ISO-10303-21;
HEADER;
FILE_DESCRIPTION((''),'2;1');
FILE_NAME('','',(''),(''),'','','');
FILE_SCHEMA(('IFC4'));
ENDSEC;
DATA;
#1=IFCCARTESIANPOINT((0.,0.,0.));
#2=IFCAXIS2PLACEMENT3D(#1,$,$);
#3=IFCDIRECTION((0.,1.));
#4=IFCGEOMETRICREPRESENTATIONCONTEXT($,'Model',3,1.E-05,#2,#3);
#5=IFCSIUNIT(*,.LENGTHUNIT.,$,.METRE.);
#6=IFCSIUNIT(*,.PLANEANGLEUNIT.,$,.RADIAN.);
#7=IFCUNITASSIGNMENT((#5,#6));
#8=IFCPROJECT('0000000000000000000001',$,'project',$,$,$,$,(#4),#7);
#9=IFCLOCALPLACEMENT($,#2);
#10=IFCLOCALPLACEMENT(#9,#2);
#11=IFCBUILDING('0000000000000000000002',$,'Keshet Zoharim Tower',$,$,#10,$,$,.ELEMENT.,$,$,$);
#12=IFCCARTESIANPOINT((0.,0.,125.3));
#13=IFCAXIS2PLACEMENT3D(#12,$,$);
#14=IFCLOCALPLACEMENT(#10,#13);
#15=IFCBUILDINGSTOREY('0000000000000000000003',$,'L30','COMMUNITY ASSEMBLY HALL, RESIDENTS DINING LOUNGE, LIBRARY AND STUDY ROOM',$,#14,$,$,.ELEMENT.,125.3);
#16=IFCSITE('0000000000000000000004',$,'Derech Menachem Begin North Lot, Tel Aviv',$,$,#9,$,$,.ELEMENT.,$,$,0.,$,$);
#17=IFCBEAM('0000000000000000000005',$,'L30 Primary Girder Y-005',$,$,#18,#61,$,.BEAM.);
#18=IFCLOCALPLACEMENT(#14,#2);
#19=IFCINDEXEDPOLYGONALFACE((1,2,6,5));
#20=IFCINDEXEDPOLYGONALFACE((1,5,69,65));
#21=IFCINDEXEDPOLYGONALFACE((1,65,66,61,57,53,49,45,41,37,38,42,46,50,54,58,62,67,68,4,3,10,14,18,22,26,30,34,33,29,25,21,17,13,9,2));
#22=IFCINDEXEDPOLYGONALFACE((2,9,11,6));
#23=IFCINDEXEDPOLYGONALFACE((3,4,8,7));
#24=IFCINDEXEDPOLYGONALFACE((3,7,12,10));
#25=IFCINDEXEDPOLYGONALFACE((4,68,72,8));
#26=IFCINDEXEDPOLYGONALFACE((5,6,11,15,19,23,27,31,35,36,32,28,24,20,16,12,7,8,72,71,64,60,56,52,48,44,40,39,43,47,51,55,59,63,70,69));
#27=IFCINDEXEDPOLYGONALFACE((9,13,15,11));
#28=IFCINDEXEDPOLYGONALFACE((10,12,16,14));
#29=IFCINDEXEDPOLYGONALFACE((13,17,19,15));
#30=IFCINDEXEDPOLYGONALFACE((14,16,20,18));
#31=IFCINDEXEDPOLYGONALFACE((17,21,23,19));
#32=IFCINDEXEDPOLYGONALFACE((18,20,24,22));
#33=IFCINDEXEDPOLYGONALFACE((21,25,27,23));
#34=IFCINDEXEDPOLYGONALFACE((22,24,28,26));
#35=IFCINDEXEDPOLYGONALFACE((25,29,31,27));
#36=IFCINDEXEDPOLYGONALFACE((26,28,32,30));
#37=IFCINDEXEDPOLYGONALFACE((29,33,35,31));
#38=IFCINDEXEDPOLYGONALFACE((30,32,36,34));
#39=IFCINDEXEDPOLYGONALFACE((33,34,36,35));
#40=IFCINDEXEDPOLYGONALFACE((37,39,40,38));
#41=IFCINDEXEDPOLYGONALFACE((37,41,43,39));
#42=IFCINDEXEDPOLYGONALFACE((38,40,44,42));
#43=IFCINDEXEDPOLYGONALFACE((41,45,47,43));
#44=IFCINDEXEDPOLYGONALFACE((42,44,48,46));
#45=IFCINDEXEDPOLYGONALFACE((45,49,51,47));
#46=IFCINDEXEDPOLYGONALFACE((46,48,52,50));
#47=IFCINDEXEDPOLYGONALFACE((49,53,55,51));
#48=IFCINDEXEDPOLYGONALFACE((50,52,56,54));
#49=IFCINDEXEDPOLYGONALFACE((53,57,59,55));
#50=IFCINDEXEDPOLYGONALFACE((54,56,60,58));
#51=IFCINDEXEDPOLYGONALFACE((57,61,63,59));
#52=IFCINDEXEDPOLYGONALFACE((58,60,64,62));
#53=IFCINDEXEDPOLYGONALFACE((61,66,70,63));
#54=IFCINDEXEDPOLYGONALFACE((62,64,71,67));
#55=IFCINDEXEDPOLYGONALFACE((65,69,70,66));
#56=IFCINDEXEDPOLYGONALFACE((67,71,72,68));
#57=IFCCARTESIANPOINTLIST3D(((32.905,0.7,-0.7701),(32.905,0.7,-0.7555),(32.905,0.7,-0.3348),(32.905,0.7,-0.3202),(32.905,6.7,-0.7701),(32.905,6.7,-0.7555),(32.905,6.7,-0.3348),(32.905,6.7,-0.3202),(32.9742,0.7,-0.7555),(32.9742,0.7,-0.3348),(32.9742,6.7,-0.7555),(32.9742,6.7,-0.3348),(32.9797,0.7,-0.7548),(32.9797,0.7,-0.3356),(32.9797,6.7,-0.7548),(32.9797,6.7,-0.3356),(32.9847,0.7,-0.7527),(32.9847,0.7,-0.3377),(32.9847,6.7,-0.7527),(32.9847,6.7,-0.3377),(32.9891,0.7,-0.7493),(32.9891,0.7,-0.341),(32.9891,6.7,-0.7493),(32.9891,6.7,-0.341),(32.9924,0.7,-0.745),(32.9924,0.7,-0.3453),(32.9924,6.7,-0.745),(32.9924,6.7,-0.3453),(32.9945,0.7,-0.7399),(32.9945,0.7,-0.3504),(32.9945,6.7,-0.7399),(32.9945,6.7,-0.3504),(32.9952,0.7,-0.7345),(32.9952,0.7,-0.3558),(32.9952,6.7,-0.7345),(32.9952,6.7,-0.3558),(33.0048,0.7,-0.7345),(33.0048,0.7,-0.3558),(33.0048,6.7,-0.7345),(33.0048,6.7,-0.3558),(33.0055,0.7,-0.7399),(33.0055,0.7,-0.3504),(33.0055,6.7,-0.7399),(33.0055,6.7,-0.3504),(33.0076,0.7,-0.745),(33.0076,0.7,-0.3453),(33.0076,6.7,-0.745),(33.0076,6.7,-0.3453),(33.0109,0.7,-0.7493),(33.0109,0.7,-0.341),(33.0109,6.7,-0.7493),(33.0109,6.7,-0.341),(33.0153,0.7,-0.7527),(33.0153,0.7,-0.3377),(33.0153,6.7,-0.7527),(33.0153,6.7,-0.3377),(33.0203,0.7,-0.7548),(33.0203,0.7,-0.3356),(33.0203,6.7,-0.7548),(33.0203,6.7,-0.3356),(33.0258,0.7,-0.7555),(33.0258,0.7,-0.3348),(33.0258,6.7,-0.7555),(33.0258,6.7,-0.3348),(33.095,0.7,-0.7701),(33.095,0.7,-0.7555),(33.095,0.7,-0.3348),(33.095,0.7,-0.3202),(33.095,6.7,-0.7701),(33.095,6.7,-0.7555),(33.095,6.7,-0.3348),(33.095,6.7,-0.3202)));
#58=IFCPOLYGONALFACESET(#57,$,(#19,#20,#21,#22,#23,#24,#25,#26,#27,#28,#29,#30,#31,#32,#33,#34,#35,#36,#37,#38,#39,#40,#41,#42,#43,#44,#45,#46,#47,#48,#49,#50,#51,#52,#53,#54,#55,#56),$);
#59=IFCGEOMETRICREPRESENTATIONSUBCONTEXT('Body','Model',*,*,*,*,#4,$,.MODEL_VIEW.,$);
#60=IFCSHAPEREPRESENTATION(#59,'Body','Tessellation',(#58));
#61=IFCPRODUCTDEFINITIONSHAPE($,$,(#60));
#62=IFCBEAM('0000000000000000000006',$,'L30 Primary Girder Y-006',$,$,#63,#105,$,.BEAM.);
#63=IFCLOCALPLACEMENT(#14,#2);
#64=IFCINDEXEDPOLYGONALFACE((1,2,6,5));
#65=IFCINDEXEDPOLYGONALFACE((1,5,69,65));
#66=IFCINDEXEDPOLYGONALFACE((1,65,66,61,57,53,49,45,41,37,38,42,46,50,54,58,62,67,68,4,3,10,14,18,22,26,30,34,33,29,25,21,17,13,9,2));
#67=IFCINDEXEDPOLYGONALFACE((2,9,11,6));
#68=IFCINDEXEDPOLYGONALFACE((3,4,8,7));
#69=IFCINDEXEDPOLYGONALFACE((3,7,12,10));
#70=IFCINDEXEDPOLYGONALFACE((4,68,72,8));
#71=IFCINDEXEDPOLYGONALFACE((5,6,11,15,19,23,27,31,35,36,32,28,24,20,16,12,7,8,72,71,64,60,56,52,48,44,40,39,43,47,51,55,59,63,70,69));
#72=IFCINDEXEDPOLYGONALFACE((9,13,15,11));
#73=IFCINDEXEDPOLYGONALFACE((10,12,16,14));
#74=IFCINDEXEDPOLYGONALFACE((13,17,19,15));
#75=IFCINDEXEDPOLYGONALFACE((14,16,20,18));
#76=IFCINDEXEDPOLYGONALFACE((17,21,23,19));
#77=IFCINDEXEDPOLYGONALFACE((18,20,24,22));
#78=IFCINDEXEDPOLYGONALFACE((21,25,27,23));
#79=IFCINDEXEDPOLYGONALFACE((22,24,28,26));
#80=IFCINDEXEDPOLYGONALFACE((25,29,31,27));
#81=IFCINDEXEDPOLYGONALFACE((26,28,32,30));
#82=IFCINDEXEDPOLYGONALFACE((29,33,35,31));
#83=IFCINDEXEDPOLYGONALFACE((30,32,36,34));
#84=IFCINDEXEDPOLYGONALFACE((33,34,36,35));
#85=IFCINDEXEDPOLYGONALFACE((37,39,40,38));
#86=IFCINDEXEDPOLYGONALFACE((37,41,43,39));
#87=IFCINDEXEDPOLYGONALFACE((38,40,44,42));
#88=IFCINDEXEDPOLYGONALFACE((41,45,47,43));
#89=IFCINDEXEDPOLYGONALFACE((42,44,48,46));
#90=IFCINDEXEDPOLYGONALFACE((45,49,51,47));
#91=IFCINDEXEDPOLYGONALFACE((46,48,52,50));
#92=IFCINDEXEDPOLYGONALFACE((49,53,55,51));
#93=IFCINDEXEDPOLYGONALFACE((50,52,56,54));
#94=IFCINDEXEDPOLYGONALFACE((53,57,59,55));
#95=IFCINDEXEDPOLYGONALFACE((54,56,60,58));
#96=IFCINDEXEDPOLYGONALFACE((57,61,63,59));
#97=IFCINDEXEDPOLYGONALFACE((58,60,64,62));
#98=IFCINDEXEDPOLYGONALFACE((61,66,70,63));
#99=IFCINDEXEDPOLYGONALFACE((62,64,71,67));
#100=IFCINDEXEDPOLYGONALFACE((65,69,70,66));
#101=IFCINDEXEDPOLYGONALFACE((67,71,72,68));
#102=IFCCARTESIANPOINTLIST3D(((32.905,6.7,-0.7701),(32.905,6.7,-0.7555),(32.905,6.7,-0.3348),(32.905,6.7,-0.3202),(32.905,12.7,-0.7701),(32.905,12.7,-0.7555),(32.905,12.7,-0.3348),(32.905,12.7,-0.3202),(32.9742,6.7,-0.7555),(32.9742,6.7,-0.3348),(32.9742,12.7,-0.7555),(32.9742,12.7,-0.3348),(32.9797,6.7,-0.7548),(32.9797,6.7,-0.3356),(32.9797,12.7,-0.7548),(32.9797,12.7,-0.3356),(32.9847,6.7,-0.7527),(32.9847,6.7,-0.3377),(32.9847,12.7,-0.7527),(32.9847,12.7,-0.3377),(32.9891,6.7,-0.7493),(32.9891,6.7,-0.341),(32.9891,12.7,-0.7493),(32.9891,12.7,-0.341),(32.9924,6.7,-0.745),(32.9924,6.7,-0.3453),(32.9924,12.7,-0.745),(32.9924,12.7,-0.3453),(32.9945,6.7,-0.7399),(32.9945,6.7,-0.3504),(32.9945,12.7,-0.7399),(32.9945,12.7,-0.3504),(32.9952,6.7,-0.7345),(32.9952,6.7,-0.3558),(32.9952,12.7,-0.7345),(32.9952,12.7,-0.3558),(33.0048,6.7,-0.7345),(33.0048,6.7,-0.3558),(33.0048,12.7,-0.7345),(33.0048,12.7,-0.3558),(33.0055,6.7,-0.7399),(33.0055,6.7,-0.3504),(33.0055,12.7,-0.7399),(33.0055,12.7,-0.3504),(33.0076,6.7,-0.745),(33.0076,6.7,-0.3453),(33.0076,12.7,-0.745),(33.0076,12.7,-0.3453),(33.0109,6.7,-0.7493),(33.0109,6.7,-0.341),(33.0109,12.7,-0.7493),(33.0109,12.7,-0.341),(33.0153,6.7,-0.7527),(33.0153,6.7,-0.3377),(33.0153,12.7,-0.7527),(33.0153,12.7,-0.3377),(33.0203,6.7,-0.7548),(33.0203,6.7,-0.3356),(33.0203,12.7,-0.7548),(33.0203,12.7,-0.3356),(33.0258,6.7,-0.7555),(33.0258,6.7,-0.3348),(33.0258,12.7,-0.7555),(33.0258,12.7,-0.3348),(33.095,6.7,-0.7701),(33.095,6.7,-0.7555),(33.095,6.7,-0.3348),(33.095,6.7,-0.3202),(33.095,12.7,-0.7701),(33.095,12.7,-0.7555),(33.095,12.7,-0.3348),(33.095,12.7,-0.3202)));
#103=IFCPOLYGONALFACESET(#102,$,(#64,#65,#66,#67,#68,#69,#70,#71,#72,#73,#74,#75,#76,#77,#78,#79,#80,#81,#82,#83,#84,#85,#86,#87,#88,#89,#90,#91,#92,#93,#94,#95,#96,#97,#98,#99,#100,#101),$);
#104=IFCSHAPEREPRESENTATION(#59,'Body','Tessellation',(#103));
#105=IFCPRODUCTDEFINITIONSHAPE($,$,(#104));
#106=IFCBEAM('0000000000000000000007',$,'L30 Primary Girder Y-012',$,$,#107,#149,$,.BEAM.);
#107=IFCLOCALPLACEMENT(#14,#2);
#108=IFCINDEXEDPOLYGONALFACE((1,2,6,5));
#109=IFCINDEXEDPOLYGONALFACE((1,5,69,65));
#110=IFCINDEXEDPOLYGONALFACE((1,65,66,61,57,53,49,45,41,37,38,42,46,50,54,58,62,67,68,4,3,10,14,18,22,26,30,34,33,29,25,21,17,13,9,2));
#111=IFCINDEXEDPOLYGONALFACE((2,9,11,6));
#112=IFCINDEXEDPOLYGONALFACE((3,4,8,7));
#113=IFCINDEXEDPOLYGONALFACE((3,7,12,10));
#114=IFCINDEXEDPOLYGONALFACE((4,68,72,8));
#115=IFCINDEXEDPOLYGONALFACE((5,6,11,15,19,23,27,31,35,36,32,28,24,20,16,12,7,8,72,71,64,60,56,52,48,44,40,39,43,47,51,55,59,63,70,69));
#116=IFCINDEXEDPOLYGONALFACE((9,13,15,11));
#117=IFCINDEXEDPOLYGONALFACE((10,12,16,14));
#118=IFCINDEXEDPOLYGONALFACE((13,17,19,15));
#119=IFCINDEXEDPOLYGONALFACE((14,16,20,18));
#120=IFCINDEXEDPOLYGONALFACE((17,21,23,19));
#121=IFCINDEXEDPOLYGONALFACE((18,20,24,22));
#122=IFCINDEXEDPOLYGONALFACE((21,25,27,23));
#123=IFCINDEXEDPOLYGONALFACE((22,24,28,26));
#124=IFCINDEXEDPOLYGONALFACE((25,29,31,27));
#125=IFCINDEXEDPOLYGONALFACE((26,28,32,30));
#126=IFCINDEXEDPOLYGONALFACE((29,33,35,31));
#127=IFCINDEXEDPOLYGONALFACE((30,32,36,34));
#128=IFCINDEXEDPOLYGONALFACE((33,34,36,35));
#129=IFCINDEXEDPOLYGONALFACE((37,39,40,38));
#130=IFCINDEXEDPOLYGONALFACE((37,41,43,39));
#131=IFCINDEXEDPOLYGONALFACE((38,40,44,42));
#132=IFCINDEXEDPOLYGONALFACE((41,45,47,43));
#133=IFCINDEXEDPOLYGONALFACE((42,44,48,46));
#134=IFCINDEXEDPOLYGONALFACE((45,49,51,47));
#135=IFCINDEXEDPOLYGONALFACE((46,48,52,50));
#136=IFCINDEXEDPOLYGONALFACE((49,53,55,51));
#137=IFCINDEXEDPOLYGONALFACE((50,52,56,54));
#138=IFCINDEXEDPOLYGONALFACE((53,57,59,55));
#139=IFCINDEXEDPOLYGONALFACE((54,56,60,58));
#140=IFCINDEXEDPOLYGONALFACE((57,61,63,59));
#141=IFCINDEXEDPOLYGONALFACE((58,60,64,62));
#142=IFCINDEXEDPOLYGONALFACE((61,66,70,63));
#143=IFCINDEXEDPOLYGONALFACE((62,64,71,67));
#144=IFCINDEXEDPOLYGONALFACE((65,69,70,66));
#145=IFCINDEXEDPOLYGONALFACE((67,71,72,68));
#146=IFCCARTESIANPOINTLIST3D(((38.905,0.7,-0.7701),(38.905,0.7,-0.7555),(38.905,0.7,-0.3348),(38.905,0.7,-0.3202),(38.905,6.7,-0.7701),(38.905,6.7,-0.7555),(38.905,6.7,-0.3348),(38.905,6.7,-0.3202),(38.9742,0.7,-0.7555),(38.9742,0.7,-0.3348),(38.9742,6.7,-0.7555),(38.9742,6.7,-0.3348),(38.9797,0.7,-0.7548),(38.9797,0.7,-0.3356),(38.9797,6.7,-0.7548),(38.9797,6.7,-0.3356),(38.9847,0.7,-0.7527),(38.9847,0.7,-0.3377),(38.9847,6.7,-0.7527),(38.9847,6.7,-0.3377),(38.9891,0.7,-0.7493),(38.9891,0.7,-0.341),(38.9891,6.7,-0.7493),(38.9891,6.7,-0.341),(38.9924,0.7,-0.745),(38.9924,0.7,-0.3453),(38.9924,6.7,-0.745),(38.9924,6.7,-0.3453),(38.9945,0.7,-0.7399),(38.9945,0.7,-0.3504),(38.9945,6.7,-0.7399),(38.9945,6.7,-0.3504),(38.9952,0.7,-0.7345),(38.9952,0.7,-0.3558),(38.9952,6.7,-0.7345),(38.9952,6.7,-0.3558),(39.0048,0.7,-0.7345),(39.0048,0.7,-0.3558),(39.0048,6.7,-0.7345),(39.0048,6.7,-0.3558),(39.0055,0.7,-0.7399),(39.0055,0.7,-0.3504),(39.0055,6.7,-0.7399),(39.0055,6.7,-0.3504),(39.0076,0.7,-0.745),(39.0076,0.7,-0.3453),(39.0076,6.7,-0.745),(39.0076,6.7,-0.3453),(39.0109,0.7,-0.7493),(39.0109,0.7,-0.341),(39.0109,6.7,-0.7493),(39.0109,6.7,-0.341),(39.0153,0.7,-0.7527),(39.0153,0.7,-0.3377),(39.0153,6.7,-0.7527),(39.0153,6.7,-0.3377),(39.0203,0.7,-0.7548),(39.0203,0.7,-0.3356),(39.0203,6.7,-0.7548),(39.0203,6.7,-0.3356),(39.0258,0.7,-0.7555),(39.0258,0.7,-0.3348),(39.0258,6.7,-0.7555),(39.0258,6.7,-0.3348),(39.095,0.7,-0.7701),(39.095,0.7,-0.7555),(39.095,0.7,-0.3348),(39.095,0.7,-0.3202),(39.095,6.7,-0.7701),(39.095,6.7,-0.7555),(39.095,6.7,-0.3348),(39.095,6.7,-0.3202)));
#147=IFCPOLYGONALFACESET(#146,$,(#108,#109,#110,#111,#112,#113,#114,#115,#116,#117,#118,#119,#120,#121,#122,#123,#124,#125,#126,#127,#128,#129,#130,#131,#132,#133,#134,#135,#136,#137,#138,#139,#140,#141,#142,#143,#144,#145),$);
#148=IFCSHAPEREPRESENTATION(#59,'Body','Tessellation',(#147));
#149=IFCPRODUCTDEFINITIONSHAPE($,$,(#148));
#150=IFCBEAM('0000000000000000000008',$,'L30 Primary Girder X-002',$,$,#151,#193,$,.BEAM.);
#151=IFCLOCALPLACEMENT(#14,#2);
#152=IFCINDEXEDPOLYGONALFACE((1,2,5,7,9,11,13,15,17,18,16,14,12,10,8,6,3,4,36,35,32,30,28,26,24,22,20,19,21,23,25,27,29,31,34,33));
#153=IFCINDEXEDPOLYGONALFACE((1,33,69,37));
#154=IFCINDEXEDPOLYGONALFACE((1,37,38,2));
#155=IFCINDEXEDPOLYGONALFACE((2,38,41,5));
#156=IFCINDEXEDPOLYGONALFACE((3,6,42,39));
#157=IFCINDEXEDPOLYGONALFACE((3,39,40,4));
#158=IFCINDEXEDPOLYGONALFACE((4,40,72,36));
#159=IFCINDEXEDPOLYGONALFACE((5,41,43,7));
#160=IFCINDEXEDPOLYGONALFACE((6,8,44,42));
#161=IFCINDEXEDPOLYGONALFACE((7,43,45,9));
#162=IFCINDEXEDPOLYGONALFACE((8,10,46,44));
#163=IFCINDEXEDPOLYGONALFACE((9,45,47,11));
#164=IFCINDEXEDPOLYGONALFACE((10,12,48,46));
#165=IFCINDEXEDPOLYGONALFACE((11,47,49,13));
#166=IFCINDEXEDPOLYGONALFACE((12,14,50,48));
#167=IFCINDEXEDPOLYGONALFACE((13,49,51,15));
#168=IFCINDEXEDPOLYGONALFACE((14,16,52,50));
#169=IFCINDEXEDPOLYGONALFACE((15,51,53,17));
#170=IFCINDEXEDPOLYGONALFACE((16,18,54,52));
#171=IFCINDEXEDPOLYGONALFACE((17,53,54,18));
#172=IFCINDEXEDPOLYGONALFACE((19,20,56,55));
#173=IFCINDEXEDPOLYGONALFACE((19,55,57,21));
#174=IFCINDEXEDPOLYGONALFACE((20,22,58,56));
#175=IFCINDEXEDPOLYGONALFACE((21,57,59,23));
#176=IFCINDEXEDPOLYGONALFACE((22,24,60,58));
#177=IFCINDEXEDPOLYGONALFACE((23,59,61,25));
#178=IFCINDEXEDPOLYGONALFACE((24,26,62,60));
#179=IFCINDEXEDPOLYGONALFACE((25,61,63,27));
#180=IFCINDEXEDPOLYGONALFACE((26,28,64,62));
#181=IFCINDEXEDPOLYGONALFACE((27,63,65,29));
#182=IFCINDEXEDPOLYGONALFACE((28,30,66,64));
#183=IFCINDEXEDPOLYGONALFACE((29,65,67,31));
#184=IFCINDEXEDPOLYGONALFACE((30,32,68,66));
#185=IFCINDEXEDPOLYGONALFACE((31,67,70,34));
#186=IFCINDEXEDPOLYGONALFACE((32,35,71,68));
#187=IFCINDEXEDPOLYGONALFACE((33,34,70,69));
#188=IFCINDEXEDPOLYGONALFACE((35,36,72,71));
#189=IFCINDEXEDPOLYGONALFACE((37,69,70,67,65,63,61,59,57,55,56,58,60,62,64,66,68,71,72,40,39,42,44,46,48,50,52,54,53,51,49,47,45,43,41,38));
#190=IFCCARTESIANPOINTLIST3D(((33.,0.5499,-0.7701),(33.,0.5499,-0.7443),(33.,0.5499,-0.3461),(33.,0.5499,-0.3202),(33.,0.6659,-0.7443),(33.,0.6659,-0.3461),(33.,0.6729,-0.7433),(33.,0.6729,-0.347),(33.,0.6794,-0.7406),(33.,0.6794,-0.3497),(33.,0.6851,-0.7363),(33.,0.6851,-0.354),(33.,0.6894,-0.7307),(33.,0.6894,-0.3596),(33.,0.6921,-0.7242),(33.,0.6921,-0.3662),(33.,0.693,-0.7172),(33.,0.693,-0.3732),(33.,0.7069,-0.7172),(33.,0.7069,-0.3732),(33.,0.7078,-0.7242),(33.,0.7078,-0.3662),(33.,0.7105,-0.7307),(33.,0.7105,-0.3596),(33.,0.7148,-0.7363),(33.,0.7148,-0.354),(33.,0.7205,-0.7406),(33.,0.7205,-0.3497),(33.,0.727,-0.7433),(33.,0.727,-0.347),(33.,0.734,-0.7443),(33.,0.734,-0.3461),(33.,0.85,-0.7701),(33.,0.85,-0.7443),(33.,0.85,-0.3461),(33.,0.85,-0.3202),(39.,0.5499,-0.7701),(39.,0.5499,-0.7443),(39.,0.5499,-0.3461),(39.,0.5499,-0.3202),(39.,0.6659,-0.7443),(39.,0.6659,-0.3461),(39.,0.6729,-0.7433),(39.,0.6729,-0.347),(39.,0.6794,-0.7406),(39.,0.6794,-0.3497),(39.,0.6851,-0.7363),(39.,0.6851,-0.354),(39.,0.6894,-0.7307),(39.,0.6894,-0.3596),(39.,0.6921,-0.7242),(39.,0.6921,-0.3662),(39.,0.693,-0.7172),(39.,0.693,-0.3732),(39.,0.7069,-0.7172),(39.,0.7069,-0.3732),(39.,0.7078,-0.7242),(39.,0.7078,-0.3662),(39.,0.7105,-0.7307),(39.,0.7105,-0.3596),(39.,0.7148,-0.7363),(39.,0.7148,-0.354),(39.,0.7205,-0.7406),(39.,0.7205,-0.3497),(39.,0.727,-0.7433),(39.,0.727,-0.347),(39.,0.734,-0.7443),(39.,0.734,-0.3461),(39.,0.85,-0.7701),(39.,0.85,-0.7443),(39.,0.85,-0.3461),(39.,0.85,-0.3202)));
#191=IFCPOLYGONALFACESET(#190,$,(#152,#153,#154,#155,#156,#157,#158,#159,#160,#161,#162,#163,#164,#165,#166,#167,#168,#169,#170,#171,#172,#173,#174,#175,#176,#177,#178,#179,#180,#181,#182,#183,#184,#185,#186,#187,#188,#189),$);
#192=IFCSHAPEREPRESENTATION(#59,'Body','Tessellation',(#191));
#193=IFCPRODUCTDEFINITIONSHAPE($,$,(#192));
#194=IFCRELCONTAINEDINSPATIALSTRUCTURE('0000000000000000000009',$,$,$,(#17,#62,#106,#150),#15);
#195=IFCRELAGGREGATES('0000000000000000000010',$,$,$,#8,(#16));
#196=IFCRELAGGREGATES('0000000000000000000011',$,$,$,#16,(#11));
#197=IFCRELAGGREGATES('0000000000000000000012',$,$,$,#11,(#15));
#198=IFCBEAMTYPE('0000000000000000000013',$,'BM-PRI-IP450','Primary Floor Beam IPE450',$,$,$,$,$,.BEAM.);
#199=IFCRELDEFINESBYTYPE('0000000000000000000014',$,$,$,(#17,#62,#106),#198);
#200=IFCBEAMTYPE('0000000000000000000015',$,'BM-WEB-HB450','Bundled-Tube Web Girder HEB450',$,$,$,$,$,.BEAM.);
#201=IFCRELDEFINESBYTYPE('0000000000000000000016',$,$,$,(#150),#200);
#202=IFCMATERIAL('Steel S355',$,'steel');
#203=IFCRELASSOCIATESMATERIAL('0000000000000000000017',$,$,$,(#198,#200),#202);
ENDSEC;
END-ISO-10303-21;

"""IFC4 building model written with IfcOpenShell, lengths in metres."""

from ifc_helpers import new_model, si_unit, direction, frame, origin, origin_2d, place, context, subcontext, project, spatial, i_section, extrude, material, material_profile, profile_set, type_object, element, save


model = new_model("IFC4")

# Units and contexts
model_context = context("Model", 3, precision=1e-05, world=origin(), true_north=direction((0.0, 1.0)))
body_context = subcontext(model_context, "Body", "Model", "MODEL_VIEW")
ifc_project = project(units=[si_unit("LENGTHUNIT", "METRE"), si_unit("PLANEANGLEUNIT", "RADIAN")], contexts=[model_context])

# Site, building, storey
site_placement = place(None, origin())
site = spatial("IfcSite", under=ifc_project, at=site_placement, Name="Derech Menachem Begin North Lot, Tel Aviv", CompositionType="ELEMENT", RefElevation=0.0)
building_placement = place(site_placement, origin())
building = spatial("IfcBuilding", under=site, at=building_placement, Name="Keshet Zoharim Tower", CompositionType="ELEMENT")
storey_placement = place(building_placement, frame((0.0, 0.0, 125.3)))
storey = spatial("IfcBuildingStorey", under=building, at=storey_placement, Name="L30", Description="COMMUNITY ASSEMBLY HALL, RESIDENTS DINING LOUNGE, LIBRARY AND STUDY ROOM", CompositionType="ELEMENT", Elevation=125.3)

# Shared definitions
ifc_material_1 = material(Name="Steel S355", Category="steel")

# Beams
ifc_material_profile_1 = material_profile(ifc_material_1, i_section(OverallWidth=0.1899, OverallDepth=0.45, WebThickness=0.0095, FlangeThickness=0.0146, FilletRadius=0.021, at=origin_2d()), Name="IPE450")
ifc_profile_set_1 = profile_set([ifc_material_profile_1], Name="Steel S355")
beam_type_1 = type_object("IfcBeamType", Name="BM-PRI-IP450", Description="Primary Floor Beam IPE450", PredefinedType="BEAM", material=ifc_profile_set_1)
for number, where, z_axis, x_axis, name in (
    (1, (33.0, 0.7, -0.5452), (0.0, 1.0, 0.0), (-1.0, 0.0, 0.0), "L30 Primary Girder Y-005"),
    (2, (33.0, 6.7, -0.5452), (0.0, 1.0, 0.0), (-1.0, 0.0, 0.0), "L30 Primary Girder Y-006"),
    (3, (39.0, 0.7, -0.5452), (0.0, 1.0, 0.0), (-1.0, 0.0, 0.0), "L30 Primary Girder Y-012"),
):
    element("IfcBeam", number, at=place(storey_placement, frame(where, z_axis=z_axis, x_axis=x_axis)), inside=storey, type_object=beam_type_1, Name=name, PredefinedType="BEAM", context=body_context, shape_type="SweptSolid", body=[
        extrude(i_section(OverallWidth=0.1899, OverallDepth=0.45, WebThickness=0.0095, FlangeThickness=0.0146, FilletRadius=0.021, at=origin_2d()), origin(), (0.0, 0.0, 1.0), 6.0),
    ])
ifc_material_profile_2 = material_profile(ifc_material_1, i_section(OverallWidth=0.3, OverallDepth=0.45, WebThickness=0.0139, FlangeThickness=0.0259, FilletRadius=0.0271, at=origin_2d()), Name="HEB450")
ifc_profile_set_2 = profile_set([ifc_material_profile_2], Name="Steel S355")
beam_type_2 = type_object("IfcBeamType", Name="BM-WEB-HB450", Description="Bundled-Tube Web Girder HEB450", PredefinedType="BEAM", material=ifc_profile_set_2)
for number, where, z_axis, x_axis, name in (
    (4, (33.0, 0.7, -0.5452), (1.0, 0.0, 0.0), (0.0, 1.0, 0.0), "L30 Primary Girder X-002"),
):
    element("IfcBeam", number, at=place(storey_placement, frame(where, z_axis=z_axis, x_axis=x_axis)), inside=storey, type_object=beam_type_2, Name=name, PredefinedType="BEAM", context=body_context, shape_type="SweptSolid", body=[
        extrude(i_section(OverallWidth=0.3, OverallDepth=0.45, WebThickness=0.0139, FlangeThickness=0.0259, FilletRadius=0.0271, at=origin_2d()), origin(), (0.0, 0.0, 1.0), 6.0),
    ])

save(model, "model.ifc")
